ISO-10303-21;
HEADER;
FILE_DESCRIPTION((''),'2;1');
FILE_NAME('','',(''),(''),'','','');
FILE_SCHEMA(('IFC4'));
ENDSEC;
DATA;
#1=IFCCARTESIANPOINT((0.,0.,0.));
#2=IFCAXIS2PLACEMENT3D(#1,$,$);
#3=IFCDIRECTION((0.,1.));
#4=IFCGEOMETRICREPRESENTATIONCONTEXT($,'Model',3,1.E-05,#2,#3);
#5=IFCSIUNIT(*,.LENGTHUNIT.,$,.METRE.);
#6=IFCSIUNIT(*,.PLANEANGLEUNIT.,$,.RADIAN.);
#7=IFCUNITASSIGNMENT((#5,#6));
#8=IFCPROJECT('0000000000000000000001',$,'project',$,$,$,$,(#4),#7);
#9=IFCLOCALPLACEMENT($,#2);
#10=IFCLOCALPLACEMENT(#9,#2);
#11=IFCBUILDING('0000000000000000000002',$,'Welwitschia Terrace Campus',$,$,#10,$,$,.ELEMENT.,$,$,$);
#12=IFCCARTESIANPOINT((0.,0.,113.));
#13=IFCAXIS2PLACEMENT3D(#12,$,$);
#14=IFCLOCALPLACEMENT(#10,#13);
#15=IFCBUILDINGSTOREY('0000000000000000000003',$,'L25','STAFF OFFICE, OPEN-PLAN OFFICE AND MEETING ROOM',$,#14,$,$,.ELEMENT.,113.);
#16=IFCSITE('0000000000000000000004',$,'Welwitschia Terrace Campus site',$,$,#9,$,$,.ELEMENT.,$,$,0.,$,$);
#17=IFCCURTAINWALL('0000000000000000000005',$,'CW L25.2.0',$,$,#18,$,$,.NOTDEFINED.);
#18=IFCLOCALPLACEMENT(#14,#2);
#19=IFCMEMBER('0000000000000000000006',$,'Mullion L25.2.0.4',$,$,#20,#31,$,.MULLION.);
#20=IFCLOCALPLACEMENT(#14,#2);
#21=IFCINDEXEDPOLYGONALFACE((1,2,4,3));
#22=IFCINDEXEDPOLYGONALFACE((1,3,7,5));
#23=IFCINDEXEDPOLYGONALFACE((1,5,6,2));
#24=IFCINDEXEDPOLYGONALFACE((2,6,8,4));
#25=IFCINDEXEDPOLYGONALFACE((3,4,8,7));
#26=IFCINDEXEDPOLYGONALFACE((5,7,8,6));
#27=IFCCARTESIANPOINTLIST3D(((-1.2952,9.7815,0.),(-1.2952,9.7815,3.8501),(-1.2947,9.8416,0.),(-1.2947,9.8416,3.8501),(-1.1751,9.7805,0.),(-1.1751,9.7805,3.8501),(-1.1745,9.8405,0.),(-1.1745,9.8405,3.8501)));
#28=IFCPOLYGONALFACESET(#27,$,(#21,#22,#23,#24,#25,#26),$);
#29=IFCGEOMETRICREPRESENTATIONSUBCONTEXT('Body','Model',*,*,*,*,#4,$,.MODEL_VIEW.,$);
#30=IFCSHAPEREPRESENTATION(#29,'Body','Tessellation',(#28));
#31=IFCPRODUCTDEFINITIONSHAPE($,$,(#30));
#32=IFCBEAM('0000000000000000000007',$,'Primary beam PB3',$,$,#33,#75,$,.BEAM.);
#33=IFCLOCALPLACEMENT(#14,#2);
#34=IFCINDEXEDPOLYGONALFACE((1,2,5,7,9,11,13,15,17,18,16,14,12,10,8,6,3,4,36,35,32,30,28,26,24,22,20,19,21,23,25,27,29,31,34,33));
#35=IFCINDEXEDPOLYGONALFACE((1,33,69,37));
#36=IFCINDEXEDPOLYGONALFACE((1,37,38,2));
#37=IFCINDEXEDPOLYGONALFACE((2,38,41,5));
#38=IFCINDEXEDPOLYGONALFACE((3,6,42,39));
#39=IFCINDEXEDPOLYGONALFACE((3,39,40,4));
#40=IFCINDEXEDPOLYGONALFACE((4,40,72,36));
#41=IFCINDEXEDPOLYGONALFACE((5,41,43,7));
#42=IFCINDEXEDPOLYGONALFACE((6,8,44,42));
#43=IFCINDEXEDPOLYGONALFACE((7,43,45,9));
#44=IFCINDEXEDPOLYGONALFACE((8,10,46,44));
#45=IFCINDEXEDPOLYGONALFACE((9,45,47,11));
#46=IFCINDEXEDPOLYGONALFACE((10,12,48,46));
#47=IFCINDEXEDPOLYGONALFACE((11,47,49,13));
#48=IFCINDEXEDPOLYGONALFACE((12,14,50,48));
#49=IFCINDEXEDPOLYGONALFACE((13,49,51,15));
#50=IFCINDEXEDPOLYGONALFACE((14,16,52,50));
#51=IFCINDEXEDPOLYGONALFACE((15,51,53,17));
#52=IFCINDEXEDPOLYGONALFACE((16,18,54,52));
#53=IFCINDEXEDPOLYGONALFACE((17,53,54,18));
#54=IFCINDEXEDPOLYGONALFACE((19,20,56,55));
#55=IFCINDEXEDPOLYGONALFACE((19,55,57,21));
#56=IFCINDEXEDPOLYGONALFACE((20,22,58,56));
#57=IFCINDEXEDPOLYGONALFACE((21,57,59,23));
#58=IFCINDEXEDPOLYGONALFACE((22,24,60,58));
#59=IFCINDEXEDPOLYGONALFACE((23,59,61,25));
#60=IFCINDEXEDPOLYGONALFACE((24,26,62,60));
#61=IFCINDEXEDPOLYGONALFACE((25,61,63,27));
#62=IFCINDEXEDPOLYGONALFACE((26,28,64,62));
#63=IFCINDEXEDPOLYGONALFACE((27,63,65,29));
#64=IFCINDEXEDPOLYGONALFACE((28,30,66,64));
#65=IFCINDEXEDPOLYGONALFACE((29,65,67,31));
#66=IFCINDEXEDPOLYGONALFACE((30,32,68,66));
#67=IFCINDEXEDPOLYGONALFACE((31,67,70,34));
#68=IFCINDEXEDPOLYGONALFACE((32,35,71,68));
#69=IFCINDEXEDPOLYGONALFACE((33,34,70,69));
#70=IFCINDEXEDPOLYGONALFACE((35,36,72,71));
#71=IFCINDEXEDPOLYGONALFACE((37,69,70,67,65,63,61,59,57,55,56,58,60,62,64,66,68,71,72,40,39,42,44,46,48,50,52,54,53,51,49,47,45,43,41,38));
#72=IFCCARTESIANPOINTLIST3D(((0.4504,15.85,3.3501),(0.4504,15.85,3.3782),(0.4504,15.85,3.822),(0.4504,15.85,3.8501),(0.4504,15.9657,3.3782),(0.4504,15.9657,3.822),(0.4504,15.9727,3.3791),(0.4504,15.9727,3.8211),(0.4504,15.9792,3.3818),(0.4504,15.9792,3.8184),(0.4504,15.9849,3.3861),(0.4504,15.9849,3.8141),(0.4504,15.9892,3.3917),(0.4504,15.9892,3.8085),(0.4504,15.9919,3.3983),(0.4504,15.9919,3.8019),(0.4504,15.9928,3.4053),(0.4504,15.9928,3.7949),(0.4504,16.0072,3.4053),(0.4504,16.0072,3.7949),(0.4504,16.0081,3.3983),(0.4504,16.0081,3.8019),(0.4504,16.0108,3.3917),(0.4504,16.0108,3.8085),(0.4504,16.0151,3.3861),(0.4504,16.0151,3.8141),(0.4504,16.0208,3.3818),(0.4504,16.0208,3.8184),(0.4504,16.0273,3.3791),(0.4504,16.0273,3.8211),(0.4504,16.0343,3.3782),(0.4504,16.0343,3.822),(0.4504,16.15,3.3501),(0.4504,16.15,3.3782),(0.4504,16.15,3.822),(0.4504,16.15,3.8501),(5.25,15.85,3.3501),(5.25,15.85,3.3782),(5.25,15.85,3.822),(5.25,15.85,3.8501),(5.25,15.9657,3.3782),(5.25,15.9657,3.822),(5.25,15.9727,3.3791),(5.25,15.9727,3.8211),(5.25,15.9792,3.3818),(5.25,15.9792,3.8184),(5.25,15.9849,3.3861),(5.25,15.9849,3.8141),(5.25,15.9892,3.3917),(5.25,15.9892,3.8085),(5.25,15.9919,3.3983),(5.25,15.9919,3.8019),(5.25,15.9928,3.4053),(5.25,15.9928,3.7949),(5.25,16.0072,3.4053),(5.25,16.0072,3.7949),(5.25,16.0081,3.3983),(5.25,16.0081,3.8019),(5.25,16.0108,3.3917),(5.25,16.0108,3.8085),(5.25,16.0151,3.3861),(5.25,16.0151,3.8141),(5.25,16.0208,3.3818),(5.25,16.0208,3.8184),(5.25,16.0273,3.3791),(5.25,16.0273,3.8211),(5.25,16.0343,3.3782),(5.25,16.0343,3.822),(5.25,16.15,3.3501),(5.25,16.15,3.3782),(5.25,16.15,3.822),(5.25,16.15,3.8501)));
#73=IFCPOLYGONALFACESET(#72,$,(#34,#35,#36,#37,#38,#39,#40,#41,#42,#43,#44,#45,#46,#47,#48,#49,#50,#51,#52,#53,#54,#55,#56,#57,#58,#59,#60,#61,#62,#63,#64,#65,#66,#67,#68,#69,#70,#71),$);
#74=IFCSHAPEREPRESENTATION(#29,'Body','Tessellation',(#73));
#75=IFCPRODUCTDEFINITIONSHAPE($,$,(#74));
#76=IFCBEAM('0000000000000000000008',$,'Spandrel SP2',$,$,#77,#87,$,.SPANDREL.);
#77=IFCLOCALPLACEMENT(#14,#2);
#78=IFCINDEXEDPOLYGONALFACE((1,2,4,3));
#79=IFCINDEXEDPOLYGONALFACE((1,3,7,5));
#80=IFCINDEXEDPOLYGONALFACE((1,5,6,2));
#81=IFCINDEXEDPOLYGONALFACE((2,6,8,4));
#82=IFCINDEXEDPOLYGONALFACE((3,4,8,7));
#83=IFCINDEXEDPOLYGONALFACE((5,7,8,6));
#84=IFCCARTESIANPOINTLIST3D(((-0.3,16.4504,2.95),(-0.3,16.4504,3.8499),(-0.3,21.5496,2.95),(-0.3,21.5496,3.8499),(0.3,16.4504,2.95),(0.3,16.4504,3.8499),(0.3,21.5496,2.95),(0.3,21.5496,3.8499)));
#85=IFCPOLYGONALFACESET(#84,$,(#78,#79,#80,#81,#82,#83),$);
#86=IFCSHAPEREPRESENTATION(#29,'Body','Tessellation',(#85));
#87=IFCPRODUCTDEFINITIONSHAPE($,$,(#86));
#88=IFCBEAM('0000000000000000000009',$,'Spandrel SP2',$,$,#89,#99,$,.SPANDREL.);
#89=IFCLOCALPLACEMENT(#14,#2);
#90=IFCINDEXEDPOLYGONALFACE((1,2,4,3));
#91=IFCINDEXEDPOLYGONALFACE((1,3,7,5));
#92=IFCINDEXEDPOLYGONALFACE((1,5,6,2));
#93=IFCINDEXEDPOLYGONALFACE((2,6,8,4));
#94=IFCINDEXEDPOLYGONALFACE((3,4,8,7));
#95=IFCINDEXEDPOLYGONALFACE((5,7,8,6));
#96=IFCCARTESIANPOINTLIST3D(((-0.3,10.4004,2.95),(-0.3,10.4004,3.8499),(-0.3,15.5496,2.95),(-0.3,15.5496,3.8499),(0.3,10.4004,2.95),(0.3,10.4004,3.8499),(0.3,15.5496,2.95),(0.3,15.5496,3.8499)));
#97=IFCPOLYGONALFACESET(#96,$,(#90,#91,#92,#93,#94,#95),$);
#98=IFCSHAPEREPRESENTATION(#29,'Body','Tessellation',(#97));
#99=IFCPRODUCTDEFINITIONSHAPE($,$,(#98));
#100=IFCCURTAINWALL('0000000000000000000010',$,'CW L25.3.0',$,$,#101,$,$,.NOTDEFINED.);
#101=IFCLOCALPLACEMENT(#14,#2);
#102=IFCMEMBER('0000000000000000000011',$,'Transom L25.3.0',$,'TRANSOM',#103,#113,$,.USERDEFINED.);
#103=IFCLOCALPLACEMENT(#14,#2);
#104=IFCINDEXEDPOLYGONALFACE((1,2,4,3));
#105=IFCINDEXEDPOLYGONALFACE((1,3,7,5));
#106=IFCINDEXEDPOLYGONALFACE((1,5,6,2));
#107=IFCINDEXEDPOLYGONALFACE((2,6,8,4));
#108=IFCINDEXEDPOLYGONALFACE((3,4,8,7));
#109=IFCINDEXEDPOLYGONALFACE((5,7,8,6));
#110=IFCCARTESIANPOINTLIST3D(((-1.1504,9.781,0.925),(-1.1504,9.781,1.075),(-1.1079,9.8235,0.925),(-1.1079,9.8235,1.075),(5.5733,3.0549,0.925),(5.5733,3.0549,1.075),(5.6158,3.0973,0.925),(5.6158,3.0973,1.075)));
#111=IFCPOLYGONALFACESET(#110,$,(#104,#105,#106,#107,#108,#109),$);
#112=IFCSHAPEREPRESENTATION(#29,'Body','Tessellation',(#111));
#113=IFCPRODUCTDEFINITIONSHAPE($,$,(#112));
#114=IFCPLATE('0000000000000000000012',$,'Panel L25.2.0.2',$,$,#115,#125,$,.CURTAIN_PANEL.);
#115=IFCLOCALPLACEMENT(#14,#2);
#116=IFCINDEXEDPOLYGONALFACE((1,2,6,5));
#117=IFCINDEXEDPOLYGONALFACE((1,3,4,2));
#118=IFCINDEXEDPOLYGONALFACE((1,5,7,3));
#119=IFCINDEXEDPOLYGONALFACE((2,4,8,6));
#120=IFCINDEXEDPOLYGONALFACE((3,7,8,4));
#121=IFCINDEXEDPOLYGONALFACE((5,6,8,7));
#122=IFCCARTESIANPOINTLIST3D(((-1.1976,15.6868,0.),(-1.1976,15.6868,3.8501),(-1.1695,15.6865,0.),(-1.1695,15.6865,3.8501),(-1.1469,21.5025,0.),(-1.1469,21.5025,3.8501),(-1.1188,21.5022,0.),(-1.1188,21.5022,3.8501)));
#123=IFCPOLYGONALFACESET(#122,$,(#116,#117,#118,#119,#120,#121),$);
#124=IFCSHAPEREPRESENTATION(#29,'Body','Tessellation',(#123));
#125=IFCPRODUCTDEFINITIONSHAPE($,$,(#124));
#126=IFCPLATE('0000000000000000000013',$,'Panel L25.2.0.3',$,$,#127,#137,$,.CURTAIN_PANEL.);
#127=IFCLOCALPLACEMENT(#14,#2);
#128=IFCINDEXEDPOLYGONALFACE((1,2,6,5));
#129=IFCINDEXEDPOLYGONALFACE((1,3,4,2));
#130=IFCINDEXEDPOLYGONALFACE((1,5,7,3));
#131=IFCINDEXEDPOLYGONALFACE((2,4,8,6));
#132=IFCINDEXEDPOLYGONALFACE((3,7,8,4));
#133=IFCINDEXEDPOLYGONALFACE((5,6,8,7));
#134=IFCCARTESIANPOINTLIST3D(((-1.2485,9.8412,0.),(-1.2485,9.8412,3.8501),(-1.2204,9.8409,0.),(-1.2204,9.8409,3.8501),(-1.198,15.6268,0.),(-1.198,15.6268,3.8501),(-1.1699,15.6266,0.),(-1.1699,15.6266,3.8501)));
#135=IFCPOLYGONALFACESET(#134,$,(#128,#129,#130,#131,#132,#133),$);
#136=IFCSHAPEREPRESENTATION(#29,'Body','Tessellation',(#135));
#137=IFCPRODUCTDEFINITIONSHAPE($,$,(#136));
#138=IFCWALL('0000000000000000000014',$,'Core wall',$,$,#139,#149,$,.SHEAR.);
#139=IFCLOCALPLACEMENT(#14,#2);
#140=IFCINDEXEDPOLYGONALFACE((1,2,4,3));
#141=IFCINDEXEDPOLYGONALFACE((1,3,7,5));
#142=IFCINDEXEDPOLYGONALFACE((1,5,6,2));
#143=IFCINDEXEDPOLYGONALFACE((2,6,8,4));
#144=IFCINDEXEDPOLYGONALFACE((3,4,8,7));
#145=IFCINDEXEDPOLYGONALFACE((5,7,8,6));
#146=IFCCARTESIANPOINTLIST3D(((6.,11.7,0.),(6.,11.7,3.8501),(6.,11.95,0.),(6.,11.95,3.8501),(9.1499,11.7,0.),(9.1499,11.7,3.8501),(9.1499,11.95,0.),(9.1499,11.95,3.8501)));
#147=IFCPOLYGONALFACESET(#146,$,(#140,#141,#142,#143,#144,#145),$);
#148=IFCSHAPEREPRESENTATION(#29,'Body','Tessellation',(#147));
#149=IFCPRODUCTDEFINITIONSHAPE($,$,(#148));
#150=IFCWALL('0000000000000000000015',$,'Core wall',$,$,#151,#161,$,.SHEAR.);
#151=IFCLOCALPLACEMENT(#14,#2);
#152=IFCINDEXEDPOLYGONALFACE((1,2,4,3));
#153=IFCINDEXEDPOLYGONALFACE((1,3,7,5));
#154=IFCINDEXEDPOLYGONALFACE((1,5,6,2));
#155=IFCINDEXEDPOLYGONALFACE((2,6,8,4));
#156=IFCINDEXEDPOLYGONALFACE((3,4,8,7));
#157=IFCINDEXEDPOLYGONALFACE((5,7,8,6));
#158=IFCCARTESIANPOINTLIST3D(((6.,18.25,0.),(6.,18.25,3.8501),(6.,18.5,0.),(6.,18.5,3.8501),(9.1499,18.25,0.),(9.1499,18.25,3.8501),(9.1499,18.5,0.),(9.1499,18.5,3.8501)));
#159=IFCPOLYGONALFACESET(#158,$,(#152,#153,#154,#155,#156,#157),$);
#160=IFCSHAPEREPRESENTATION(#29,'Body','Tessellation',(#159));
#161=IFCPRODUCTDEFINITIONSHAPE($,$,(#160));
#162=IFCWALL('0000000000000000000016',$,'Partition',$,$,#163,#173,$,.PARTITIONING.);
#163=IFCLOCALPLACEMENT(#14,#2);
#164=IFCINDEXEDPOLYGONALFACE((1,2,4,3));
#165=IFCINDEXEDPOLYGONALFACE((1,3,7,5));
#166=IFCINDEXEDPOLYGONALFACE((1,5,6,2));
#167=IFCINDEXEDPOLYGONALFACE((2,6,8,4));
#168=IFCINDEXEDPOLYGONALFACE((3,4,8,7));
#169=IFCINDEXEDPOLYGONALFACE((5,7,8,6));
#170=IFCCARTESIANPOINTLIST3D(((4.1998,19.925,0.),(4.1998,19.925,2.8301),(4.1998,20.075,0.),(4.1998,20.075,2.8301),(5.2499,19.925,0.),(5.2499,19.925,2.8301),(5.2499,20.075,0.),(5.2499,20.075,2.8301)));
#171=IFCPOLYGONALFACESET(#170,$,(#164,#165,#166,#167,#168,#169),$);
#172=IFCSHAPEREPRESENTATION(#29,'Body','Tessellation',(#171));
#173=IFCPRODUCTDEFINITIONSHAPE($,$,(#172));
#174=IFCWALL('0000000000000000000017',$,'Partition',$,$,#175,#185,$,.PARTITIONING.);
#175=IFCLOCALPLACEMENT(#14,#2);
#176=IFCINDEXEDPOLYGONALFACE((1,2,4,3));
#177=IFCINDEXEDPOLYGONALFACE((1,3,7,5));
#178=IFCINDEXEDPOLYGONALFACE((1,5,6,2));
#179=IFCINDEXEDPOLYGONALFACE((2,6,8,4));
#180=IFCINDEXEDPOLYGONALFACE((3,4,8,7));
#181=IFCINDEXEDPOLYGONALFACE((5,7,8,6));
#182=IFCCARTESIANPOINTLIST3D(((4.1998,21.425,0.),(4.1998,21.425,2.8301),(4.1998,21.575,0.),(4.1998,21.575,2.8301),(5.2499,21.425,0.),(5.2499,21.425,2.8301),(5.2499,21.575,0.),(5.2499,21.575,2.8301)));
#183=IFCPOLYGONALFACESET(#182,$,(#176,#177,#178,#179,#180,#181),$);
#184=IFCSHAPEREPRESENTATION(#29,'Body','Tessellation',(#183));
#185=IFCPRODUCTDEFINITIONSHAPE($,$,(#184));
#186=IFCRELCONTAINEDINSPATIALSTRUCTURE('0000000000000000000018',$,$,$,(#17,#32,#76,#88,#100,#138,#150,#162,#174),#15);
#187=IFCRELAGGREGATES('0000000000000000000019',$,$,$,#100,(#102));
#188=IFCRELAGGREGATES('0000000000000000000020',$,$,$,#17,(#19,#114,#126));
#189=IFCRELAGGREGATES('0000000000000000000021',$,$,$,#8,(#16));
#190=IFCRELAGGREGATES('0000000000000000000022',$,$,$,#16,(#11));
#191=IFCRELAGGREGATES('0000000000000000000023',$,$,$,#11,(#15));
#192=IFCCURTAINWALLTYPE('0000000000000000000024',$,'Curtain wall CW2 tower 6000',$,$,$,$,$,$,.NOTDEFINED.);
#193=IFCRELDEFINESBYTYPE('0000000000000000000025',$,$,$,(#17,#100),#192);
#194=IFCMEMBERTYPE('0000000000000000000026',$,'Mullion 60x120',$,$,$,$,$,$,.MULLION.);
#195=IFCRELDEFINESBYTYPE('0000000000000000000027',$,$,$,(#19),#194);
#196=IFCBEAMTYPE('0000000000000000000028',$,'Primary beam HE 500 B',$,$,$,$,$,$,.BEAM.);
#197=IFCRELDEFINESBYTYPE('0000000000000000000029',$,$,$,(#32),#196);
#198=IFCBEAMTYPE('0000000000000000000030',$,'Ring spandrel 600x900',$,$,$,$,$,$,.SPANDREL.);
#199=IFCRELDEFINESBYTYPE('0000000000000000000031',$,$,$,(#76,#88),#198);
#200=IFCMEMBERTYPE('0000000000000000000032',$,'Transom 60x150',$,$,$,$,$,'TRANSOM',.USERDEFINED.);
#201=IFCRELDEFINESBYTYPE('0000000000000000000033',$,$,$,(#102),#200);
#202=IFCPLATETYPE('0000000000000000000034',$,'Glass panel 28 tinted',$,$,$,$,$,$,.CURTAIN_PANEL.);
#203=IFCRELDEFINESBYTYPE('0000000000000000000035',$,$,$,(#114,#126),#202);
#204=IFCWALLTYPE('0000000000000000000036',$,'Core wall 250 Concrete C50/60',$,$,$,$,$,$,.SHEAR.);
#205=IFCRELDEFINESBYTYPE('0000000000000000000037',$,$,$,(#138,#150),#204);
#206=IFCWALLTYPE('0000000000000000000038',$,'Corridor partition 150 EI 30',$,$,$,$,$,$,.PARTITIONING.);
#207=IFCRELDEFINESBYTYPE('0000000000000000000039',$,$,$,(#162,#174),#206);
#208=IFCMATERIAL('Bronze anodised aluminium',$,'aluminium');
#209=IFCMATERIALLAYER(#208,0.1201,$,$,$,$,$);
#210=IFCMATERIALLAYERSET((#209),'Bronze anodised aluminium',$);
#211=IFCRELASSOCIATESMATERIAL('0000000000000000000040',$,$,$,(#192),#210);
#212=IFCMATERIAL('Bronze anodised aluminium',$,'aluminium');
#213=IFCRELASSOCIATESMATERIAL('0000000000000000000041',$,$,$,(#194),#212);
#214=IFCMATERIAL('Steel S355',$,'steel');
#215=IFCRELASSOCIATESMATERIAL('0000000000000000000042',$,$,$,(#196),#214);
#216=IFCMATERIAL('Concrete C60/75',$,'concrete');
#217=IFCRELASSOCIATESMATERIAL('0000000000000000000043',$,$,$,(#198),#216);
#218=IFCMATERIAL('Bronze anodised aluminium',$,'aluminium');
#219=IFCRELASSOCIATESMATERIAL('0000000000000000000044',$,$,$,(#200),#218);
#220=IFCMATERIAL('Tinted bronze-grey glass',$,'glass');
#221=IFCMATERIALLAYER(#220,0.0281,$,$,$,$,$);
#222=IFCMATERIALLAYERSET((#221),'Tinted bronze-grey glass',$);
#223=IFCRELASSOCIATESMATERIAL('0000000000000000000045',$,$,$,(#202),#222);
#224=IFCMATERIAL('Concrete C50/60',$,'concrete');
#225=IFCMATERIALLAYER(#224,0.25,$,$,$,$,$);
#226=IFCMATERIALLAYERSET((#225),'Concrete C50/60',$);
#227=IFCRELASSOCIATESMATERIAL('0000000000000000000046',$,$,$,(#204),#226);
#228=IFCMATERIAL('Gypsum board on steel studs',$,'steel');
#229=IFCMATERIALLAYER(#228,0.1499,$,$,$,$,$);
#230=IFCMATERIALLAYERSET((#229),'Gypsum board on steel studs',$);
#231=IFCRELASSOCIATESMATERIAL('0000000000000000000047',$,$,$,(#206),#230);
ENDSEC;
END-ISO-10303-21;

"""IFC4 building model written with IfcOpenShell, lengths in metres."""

from ifc_helpers import new_model, si_unit, direction, frame, frame_2d, origin, origin_2d, place, context, subcontext, project, spatial, rectangle, i_section, extrude, material, layer, layer_set, material_profile, profile_set, type_object, element, aggregate, save


model = new_model("IFC4")

# Units and contexts
model_context = context("Model", 3, precision=1e-05, world=origin(), true_north=direction((0.0, 1.0)))
body_context = subcontext(model_context, "Body", "Model", "MODEL_VIEW")
ifc_project = project(units=[si_unit("LENGTHUNIT", "METRE"), si_unit("PLANEANGLEUNIT", "RADIAN")], contexts=[model_context])

# Site, building, storey
site_placement = place(None, origin())
site = spatial("IfcSite", under=ifc_project, at=site_placement, Name="Welwitschia Terrace Campus site", CompositionType="ELEMENT", RefElevation=0.0)
building_placement = place(site_placement, origin())
building = spatial("IfcBuilding", under=site, at=building_placement, Name="Welwitschia Terrace Campus", CompositionType="ELEMENT")
storey_placement = place(building_placement, frame((0.0, 0.0, 113.0)))
storey = spatial("IfcBuildingStorey", under=building, at=storey_placement, Name="L25", Description="STAFF OFFICE, OPEN-PLAN OFFICE AND MEETING ROOM", CompositionType="ELEMENT", Elevation=113.0)

# Curtain wall, member
ifc_material_1 = material(Name="Bronze anodised aluminium", Category="aluminium")
ifc_layer_1 = layer(ifc_material_1, 0.1201)
ifc_layer_set_1 = layer_set([ifc_layer_1], Name="Bronze anodised aluminium")
curtain_wall_type = type_object("IfcCurtainWallType", Name="Curtain wall CW2 tower 6000", PredefinedType="NOTDEFINED", material=ifc_layer_set_1)
curtain_wall_1_placement = place(storey_placement, origin())
curtain_wall_1 = element("IfcCurtainWall", 1, at=curtain_wall_1_placement, inside=storey, type_object=curtain_wall_type, Name="CW L25.2.0", PredefinedType="NOTDEFINED")
ifc_material_2 = material(Name="Bronze anodised aluminium", Category="aluminium")
ifc_material_profile_1 = material_profile(ifc_material_2, rectangle(XDim=0.1201, YDim=0.0601, at=origin_2d()))
ifc_profile_set_1 = profile_set([ifc_material_profile_1], Name="Bronze anodised aluminium")
member_type_1 = type_object("IfcMemberType", Name="Mullion 60x120", PredefinedType="MULLION", material=ifc_profile_set_1)
member_1_placement = place(storey_placement, frame((-1.2349, 9.811, 0.0), z_axis=(0.0, 0.0, 1.0), x_axis=(0.999962, -0.008727, 0.0)))
member_1 = element("IfcMember", 2, at=member_1_placement, type_object=member_type_1, Name="Mullion L25.2.0.4", PredefinedType="MULLION", context=body_context, shape_type="SweptSolid", body=[
    extrude(rectangle(XDim=0.1201, YDim=0.0601, at=origin_2d()), origin(), (0.0, 0.0, 1.0), 3.8501),
])

# Beams
ifc_material_3 = material(Name="Steel S355", Category="steel")
ifc_material_profile_2 = material_profile(ifc_material_3, i_section(OverallWidth=0.3, OverallDepth=0.5, WebThickness=0.0144, FlangeThickness=0.0281, FilletRadius=0.0271, at=origin_2d()))
ifc_profile_set_2 = profile_set([ifc_material_profile_2], Name="Steel S355")
beam_type_1 = type_object("IfcBeamType", Name="Primary beam HE 500 B", PredefinedType="BEAM", material=ifc_profile_set_2)
beam_1_placement = place(storey_placement, frame((0.4504, 16.0, 3.6001), z_axis=(1.0, 0.0, 0.0), x_axis=(0.0, 1.0, 0.0)))
element("IfcBeam", 3, at=beam_1_placement, inside=storey, type_object=beam_type_1, Name="Primary beam PB3", PredefinedType="BEAM", context=body_context, shape_type="SweptSolid", body=[
    extrude(i_section(OverallWidth=0.3, OverallDepth=0.5, WebThickness=0.0144, FlangeThickness=0.0281, FilletRadius=0.0271, at=origin_2d()), origin(), (0.0, 0.0, 1.0), 4.7996),
])
ifc_material_4 = material(Name="Concrete C60/75", Category="concrete")
ifc_material_profile_3 = material_profile(ifc_material_4, rectangle(XDim=0.6001, YDim=0.8999, at=origin_2d()))
ifc_profile_set_3 = profile_set([ifc_material_profile_3], Name="Concrete C60/75")
beam_type_2 = type_object("IfcBeamType", Name="Ring spandrel 600x900", PredefinedType="SPANDREL", material=ifc_profile_set_3)
beam_2_placement = place(storey_placement, frame((0.0, 21.5496, 3.3999), z_axis=(0.0, -1.0, 0.0), x_axis=(1.0, 0.0, 0.0)))
element("IfcBeam", 4, at=beam_2_placement, inside=storey, type_object=beam_type_2, Name="Spandrel SP2", PredefinedType="SPANDREL", context=body_context, shape_type="SweptSolid", body=[
    extrude(rectangle(XDim=0.6001, YDim=0.8999, at=origin_2d()), origin(), (0.0, 0.0, 1.0), 5.0991),
])
beam_3_placement = place(storey_placement, frame((0.0, 15.5496, 3.3999), z_axis=(0.0, -1.0, 0.0), x_axis=(1.0, 0.0, 0.0)))
element("IfcBeam", 5, at=beam_3_placement, inside=storey, type_object=beam_type_2, Name="Spandrel SP2", PredefinedType="SPANDREL", context=body_context, shape_type="SweptSolid", body=[
    extrude(rectangle(XDim=0.6001, YDim=0.8999, at=origin_2d()), origin(), (0.0, 0.0, 1.0), 5.1492),
])

# Curtain wall, member
curtain_wall_2_placement = place(storey_placement, origin())
curtain_wall_2 = element("IfcCurtainWall", 6, at=curtain_wall_2_placement, inside=storey, type_object=curtain_wall_type, Name="CW L25.3.0", PredefinedType="NOTDEFINED")
ifc_material_5 = material(Name="Bronze anodised aluminium", Category="aluminium")
ifc_material_profile_4 = material_profile(ifc_material_5, rectangle(XDim=0.0601, YDim=0.1499, at=origin_2d()))
ifc_profile_set_4 = profile_set([ifc_material_profile_4], Name="Bronze anodised aluminium")
member_type_2 = type_object("IfcMemberType", Name="Transom 60x150", ElementType="TRANSOM", PredefinedType="USERDEFINED", material=ifc_profile_set_4)
member_2_placement = place(storey_placement, frame((-1.1292, 9.8022, 1.0), z_axis=(0.706978, -0.707235, 0.0), x_axis=(0.707235, 0.706978, 0.0)))
member_2 = element("IfcMember", 7, at=member_2_placement, type_object=member_type_2, Name="Transom L25.3.0", ObjectType="TRANSOM", PredefinedType="USERDEFINED", context=body_context, shape_type="SweptSolid", body=[
    extrude(rectangle(XDim=0.0601, YDim=0.1499, at=origin_2d()), origin(), (0.0, 0.0, 1.0), 9.5105),
])
aggregate(curtain_wall_2, [member_2])

# Plates
ifc_material_6 = material(Name="Tinted bronze-grey glass", Category="glass")
ifc_layer_2 = layer(ifc_material_6, 0.0281)
ifc_layer_set_2 = layer_set([ifc_layer_2], Name="Tinted bronze-grey glass")
plate_type = type_object("IfcPlateType", Name="Glass panel 28 tinted", PredefinedType="CURTAIN_PANEL", material=ifc_layer_set_2)
plate_1_placement = place(storey_placement, frame((-1.1582, 18.5945, 0.0), z_axis=(0.0, 0.0, 1.0), x_axis=(-0.008727, -0.999962, 0.0)))
plate_1 = element("IfcPlate", 8, at=plate_1_placement, type_object=plate_type, Name="Panel L25.2.0.2", PredefinedType="CURTAIN_PANEL", context=body_context, shape_type="SweptSolid", body=[
    extrude(rectangle(XDim=5.8159, YDim=0.0281, at=origin_2d()), origin(), (0.0, 0.0, 1.0), 3.8501),
])
plate_2_placement = place(storey_placement, frame((-1.2092, 12.7339, 0.0), z_axis=(0.0, 0.0, 1.0), x_axis=(-0.008727, -0.999962, 0.0)))
plate_2 = element("IfcPlate", 9, at=plate_2_placement, type_object=plate_type, Name="Panel L25.2.0.3", PredefinedType="CURTAIN_PANEL", context=body_context, shape_type="SweptSolid", body=[
    extrude(rectangle(XDim=5.7859, YDim=0.0281, at=origin_2d()), origin(), (0.0, 0.0, 1.0), 3.8501),
])
aggregate(curtain_wall_1, [member_1, plate_1, plate_2])

# Walls
ifc_material_7 = material(Name="Concrete C50/60", Category="concrete")
ifc_layer_3 = layer(ifc_material_7, 0.25)
ifc_layer_set_3 = layer_set([ifc_layer_3], Name="Concrete C50/60")
wall_type_1 = type_object("IfcWallType", Name="Core wall 250 Concrete C50/60", PredefinedType="SHEAR", material=ifc_layer_set_3)
for number, where, z_axis, x_axis, name in (
    (10, (6.0, 11.825, 0.0), (0.0, 0.0, 1.0), (1.0, 0.0, 0.0), "Core wall"),
    (11, (6.0, 18.375, 0.0), (0.0, 0.0, 1.0), (1.0, 0.0, 0.0), "Core wall"),
):
    element("IfcWall", number, at=place(storey_placement, frame(where, z_axis=z_axis, x_axis=x_axis)), inside=storey, type_object=wall_type_1, Name=name, PredefinedType="SHEAR", context=body_context, shape_type="SweptSolid", body=[
        extrude(rectangle(XDim=3.1499, YDim=0.25, at=frame_2d((1.575, 0.0))), origin(), (0.0, 0.0, 1.0), 3.8501),
    ])
ifc_material_8 = material(Name="Gypsum board on steel studs", Category="steel")
ifc_layer_4 = layer(ifc_material_8, 0.1499)
ifc_layer_set_4 = layer_set([ifc_layer_4], Name="Gypsum board on steel studs")
wall_type_2 = type_object("IfcWallType", Name="Corridor partition 150 EI 30", PredefinedType="PARTITIONING", material=ifc_layer_set_4)
for number, where, z_axis, x_axis, name in (
    (12, (4.2, 20.0, 0.0), (0.0, 0.0, 1.0), (1.0, 0.0, 0.0), "Partition"),
    (13, (4.2, 21.5, 0.0), (0.0, 0.0, 1.0), (1.0, 0.0, 0.0), "Partition"),
):
    element("IfcWall", number, at=place(storey_placement, frame(where, z_axis=z_axis, x_axis=x_axis)), inside=storey, type_object=wall_type_2, Name=name, PredefinedType="PARTITIONING", context=body_context, shape_type="SweptSolid", body=[
        extrude(rectangle(XDim=1.05, YDim=0.1499, at=frame_2d((0.5249, 0.0))), origin(), (0.0, 0.0, 1.0), 2.8301),
    ])

save(model, "model.ifc")
